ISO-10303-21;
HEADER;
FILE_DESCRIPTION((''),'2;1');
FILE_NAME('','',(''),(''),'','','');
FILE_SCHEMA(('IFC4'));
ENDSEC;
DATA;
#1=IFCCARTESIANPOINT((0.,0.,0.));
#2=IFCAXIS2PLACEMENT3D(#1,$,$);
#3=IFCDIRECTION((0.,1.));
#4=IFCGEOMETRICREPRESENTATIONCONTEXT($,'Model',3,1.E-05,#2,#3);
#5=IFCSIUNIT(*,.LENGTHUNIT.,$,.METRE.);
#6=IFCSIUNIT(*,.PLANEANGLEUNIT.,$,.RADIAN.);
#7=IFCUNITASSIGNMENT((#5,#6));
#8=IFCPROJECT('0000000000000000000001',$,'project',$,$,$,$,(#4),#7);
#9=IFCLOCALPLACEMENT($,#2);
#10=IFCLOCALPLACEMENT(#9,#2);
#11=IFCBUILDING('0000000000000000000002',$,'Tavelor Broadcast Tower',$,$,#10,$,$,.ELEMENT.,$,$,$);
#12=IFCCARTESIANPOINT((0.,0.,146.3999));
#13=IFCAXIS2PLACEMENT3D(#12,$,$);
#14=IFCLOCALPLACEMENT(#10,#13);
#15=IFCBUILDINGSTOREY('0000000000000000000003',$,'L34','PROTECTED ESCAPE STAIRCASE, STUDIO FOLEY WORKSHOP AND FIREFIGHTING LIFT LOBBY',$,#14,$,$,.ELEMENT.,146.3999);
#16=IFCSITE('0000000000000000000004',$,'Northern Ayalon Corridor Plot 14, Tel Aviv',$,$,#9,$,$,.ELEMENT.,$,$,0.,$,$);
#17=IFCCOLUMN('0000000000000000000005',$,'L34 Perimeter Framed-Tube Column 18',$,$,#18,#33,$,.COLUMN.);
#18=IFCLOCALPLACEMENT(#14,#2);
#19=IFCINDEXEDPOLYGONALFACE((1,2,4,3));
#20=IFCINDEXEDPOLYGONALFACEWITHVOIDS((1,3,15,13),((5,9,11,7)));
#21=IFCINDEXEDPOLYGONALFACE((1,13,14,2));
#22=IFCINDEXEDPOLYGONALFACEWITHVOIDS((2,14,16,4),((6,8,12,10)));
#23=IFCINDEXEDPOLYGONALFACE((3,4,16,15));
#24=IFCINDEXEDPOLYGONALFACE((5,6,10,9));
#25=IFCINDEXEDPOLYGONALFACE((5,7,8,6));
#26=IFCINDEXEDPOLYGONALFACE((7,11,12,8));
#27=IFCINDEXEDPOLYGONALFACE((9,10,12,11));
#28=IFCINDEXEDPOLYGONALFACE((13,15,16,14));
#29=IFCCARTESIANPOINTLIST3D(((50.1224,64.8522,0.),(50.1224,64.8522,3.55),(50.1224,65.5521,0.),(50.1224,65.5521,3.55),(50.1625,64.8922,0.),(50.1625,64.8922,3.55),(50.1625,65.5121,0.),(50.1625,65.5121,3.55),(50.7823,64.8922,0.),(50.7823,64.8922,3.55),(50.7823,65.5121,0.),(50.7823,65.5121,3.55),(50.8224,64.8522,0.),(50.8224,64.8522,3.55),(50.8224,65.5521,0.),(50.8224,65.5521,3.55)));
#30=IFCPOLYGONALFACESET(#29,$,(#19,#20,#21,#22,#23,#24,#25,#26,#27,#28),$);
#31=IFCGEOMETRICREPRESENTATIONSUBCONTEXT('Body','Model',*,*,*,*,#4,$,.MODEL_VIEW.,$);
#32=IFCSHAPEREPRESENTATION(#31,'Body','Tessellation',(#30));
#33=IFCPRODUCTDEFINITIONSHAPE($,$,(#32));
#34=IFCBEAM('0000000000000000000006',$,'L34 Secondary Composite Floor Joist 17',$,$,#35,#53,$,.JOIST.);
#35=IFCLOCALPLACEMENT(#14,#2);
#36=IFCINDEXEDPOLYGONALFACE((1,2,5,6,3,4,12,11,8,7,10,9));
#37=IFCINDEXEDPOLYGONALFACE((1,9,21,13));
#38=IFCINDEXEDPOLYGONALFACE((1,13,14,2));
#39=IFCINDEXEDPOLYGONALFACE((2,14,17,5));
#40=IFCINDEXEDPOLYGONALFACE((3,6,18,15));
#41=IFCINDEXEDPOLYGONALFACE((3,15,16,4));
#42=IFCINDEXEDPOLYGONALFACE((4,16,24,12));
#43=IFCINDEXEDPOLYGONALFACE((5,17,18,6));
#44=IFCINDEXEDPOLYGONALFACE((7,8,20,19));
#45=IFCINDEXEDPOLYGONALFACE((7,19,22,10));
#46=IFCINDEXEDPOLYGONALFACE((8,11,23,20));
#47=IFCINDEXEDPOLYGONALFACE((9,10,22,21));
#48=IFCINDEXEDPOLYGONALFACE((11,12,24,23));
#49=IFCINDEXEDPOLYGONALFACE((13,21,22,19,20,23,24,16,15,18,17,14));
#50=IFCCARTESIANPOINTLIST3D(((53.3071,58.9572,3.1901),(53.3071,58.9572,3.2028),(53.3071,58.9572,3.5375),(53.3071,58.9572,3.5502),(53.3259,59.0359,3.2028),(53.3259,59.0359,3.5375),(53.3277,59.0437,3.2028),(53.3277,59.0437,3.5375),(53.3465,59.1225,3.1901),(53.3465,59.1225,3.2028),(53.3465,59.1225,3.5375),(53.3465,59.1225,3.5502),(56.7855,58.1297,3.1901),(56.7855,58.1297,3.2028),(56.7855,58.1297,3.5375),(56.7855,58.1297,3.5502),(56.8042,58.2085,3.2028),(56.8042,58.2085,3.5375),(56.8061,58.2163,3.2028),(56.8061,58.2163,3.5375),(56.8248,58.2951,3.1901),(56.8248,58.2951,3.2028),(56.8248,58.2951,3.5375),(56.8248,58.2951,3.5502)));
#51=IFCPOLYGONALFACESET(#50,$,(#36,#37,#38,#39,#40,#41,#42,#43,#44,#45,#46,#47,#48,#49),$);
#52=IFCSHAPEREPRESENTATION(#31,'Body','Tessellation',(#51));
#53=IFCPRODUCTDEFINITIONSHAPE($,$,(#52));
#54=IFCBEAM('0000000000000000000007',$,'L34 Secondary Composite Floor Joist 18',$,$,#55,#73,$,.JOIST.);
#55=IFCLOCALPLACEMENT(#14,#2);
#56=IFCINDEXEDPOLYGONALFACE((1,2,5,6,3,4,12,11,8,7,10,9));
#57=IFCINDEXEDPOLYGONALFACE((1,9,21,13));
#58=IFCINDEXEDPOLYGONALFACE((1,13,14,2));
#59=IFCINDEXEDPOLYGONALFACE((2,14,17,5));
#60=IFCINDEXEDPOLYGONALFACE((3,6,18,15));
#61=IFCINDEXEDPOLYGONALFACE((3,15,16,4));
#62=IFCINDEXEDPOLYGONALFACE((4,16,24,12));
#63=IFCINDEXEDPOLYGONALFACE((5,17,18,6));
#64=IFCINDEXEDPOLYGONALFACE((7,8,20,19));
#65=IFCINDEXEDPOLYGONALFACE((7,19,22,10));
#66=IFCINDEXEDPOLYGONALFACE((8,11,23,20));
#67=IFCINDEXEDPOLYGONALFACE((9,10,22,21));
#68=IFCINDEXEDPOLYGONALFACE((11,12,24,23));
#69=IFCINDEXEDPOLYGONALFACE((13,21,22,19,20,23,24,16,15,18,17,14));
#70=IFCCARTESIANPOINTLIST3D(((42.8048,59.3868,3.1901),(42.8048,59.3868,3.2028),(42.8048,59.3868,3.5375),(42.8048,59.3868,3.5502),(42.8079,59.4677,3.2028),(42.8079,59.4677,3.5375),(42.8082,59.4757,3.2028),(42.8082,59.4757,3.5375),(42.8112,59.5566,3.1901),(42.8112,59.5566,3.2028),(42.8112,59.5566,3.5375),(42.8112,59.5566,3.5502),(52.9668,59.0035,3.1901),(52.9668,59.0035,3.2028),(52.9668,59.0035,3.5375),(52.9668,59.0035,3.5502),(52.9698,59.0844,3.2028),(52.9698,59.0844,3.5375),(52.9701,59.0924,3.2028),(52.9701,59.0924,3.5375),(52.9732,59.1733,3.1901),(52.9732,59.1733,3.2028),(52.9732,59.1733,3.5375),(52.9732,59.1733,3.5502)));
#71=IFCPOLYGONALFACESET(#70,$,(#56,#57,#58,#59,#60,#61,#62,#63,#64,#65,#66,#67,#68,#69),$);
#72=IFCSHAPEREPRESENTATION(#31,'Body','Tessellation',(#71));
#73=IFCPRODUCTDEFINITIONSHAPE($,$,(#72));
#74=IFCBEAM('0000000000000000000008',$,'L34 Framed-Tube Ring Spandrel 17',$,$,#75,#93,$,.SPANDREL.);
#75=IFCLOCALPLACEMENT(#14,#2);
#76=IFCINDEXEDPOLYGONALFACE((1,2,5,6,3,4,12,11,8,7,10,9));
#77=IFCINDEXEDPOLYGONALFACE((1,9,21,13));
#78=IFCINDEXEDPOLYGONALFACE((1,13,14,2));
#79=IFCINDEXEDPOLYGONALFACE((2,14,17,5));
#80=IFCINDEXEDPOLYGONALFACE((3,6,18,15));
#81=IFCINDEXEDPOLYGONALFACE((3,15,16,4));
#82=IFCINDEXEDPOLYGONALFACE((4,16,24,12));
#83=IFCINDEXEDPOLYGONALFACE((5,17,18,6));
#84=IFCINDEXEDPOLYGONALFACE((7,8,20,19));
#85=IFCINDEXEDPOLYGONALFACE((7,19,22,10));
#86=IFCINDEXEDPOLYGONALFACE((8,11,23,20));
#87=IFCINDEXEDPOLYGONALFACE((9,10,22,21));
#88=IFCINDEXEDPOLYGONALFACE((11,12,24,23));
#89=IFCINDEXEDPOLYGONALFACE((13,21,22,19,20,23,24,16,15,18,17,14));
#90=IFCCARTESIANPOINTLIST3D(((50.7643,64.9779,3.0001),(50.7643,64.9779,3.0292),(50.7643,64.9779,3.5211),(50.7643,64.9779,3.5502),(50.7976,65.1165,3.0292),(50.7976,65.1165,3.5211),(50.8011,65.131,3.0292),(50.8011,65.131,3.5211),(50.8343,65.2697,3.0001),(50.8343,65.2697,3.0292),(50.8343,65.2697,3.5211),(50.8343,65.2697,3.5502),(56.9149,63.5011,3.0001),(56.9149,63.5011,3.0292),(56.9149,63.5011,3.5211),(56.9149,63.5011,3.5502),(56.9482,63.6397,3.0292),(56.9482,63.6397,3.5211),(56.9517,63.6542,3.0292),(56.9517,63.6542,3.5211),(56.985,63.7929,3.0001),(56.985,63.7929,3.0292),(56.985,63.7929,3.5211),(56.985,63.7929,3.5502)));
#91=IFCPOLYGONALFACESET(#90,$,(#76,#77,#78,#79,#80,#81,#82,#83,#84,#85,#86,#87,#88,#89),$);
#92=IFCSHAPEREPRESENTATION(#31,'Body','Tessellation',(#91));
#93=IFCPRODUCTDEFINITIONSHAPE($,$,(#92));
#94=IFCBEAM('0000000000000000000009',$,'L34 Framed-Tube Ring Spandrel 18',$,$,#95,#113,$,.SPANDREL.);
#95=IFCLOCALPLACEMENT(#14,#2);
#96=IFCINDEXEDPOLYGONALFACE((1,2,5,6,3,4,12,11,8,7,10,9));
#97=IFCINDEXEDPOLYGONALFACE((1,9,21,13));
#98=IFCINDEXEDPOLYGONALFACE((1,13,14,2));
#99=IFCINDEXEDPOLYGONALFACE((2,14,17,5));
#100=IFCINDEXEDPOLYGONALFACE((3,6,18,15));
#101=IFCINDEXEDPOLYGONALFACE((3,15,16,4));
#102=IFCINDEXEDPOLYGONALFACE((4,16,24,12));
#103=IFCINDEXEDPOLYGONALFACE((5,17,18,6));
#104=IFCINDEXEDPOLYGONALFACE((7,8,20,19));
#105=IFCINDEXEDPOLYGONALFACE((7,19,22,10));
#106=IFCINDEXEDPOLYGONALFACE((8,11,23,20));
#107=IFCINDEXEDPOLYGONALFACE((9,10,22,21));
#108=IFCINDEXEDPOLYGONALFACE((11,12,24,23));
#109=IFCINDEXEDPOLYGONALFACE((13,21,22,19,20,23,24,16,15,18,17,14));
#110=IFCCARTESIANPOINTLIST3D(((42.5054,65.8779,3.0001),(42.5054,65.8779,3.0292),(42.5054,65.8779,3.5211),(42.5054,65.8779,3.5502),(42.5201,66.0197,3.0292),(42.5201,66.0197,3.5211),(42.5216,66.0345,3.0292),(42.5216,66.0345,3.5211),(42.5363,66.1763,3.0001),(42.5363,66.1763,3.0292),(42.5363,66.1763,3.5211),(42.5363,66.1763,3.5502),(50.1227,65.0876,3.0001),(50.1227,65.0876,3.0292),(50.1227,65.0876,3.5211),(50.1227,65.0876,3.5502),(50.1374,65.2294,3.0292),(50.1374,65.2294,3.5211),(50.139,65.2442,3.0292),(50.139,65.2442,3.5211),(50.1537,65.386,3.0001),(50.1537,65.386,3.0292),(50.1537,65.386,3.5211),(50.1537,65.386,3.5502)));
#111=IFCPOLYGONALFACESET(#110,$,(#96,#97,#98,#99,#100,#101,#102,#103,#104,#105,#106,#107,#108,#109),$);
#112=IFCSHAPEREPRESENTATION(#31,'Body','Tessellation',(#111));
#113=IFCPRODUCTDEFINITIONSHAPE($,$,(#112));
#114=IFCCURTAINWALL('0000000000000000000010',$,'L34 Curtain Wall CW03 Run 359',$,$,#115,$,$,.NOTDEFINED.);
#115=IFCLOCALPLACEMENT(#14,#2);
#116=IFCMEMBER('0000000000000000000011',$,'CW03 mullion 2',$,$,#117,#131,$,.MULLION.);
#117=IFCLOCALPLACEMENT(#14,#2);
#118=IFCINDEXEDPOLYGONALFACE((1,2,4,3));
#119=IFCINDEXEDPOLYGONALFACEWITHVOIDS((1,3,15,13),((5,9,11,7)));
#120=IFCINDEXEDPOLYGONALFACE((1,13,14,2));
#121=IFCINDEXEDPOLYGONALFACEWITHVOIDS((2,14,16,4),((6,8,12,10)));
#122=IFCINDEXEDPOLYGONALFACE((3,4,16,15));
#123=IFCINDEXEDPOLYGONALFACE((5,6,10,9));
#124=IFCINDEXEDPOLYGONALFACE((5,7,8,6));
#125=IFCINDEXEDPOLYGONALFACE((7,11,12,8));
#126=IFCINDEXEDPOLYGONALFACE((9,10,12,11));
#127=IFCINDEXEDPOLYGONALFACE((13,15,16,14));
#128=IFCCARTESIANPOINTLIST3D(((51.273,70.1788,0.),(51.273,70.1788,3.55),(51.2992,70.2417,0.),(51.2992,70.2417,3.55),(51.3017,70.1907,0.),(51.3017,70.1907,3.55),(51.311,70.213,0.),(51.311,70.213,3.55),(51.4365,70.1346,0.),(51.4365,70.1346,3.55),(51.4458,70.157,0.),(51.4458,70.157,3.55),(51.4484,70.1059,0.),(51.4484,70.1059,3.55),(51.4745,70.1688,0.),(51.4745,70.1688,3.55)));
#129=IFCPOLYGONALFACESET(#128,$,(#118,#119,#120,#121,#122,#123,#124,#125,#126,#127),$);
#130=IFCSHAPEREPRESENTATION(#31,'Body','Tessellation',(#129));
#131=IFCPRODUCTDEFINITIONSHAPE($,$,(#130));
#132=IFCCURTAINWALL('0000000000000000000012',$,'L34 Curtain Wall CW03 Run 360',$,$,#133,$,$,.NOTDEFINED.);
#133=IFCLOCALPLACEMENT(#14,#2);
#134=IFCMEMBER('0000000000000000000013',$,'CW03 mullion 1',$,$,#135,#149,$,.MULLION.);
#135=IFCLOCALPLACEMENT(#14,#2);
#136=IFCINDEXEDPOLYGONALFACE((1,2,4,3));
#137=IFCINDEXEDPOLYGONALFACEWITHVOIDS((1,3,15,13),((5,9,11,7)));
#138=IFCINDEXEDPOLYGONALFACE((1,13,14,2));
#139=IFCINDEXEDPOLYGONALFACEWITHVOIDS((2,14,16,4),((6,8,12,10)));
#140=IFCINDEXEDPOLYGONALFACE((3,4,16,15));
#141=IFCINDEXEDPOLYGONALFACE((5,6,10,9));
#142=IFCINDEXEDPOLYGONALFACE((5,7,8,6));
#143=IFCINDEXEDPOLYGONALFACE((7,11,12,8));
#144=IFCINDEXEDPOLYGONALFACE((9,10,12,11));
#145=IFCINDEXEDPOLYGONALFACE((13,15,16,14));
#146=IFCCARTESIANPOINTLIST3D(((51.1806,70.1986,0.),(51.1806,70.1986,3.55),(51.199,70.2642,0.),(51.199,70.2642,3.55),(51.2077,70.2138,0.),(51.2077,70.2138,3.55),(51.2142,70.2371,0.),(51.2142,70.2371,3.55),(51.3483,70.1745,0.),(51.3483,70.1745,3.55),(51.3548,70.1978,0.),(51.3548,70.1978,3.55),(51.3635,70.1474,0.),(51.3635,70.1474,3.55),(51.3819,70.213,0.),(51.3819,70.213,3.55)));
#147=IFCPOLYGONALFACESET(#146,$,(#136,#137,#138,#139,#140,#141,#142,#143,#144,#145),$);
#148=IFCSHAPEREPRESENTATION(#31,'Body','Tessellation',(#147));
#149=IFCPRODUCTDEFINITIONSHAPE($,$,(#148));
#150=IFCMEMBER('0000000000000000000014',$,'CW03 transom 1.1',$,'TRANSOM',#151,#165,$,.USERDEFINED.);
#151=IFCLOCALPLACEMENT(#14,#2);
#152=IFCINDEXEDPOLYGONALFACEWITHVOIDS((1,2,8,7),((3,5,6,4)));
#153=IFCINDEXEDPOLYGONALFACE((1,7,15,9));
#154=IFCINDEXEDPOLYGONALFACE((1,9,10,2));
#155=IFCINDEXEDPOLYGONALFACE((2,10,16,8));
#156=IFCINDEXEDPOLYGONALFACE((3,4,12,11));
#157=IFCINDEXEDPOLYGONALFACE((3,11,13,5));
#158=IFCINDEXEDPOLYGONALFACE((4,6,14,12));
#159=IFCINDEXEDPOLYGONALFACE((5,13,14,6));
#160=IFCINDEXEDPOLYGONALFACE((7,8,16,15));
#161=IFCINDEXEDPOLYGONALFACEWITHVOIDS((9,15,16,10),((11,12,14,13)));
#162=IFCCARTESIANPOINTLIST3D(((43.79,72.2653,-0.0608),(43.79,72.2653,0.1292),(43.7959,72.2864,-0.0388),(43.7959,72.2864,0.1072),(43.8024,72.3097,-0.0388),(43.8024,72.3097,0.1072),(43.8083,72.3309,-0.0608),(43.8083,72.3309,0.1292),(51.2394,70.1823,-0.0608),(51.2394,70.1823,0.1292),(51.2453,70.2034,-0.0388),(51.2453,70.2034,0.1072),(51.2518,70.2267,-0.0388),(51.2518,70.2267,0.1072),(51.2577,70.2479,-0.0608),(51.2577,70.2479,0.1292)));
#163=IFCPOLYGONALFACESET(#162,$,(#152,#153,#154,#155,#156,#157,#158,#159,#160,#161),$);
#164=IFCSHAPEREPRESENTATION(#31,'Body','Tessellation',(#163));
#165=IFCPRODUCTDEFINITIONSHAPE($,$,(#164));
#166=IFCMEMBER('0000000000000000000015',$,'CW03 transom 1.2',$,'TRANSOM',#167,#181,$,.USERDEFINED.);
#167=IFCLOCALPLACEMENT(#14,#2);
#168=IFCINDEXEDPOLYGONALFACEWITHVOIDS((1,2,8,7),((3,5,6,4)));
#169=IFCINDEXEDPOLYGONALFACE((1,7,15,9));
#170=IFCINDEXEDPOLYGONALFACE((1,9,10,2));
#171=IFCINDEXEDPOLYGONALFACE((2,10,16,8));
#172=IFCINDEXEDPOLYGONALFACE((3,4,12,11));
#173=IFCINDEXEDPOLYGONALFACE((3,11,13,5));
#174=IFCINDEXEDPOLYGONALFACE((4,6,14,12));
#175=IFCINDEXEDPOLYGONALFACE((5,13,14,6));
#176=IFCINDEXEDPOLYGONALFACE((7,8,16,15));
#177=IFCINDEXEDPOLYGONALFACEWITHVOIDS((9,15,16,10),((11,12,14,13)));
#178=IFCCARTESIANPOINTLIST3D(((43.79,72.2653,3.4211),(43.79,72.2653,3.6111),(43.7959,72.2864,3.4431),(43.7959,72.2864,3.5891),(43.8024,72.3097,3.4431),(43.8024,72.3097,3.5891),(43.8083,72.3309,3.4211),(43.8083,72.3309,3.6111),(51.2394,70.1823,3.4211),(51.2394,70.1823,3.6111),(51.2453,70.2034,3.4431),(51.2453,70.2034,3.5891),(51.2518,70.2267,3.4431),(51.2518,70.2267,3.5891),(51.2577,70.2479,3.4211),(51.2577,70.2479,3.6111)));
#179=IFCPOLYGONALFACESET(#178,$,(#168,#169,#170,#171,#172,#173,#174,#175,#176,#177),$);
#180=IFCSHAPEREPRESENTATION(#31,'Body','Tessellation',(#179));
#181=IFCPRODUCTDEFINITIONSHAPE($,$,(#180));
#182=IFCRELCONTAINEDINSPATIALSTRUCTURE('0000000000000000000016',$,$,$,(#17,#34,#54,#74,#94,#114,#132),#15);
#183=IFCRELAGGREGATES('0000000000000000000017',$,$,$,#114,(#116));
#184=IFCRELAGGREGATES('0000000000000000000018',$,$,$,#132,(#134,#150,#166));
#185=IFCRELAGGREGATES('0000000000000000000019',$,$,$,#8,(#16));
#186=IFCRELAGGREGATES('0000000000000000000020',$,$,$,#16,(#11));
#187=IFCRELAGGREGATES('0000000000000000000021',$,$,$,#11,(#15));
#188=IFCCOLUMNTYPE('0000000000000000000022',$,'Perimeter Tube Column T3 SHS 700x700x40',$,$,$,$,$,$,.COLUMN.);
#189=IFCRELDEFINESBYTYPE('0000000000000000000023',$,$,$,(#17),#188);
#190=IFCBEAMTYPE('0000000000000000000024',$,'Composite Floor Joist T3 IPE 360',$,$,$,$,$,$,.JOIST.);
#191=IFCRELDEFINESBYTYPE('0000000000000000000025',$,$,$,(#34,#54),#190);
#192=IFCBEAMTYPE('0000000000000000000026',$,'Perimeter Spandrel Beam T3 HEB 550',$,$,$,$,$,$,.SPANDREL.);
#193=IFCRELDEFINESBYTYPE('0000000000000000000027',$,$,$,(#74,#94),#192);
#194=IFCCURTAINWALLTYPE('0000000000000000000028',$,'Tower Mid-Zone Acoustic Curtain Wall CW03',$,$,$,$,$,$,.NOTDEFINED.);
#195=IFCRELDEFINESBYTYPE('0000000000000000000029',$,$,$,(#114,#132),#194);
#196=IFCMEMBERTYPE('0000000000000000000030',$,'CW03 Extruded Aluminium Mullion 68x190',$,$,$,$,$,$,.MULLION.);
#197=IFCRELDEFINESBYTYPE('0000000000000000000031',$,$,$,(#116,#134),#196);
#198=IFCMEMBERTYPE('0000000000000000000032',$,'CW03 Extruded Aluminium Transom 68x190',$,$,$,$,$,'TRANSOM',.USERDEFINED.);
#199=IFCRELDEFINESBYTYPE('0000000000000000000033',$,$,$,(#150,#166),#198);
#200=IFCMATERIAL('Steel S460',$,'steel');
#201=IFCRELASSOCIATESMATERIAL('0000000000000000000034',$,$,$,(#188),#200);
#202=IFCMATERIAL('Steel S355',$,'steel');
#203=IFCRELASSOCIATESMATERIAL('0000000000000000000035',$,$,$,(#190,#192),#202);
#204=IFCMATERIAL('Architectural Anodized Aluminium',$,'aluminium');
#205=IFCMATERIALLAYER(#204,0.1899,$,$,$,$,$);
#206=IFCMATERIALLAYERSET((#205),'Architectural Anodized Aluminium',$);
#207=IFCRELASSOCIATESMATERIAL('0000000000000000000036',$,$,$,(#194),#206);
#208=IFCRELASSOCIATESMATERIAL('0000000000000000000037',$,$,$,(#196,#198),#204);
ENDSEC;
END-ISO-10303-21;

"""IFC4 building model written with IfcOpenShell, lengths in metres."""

from ifc_helpers import new_model, si_unit, direction, frame, origin, origin_2d, place, context, subcontext, project, spatial, hollow_rectangle, i_section, extrude, source, transform, mapped, material, layer, layer_set, material_profile, profile_set, type_object, type_shapes, element, aggregate, save


model = new_model("IFC4")

# Units and contexts
model_context = context("Model", 3, precision=1e-05, world=origin(), true_north=direction((0.0, 1.0)))
body_context = subcontext(model_context, "Body", "Model", "MODEL_VIEW")
ifc_project = project(units=[si_unit("LENGTHUNIT", "METRE"), si_unit("PLANEANGLEUNIT", "RADIAN")], contexts=[model_context])

# Site, building, storey
site_placement = place(None, origin())
site = spatial("IfcSite", under=ifc_project, at=site_placement, Name="Northern Ayalon Corridor Plot 14, Tel Aviv", CompositionType="ELEMENT", RefElevation=0.0)
building_placement = place(site_placement, origin())
building = spatial("IfcBuilding", under=site, at=building_placement, Name="Tavelor Broadcast Tower", CompositionType="ELEMENT")
storey_placement = place(building_placement, frame((0.0, 0.0, 146.3999)))
storey = spatial("IfcBuildingStorey", under=building, at=storey_placement, Name="L34", Description="PROTECTED ESCAPE STAIRCASE, STUDIO FOLEY WORKSHOP AND FIREFIGHTING LIFT LOBBY", CompositionType="ELEMENT", Elevation=146.3999)

# Column
ifc_material_1 = material(Name="Steel S460", Category="steel")
ifc_material_profile_1 = material_profile(ifc_material_1, hollow_rectangle(XDim=0.7, YDim=0.7, WallThickness=0.04, at=origin_2d()), Name="SHS 700x700x40")
ifc_profile_set_1 = profile_set([ifc_material_profile_1], Name="Steel S460")
column_type = type_object("IfcColumnType", Name="Perimeter Tube Column T3 SHS 700x700x40", PredefinedType="COLUMN", material=ifc_profile_set_1)
column_placement = place(storey_placement, frame((50.4724, 65.2021, 0.0), z_axis=(0.0, 0.0, 1.0), x_axis=(1.0, 0.0, 0.0)))
element("IfcColumn", 1, at=column_placement, inside=storey, type_object=column_type, Name="L34 Perimeter Framed-Tube Column 18", PredefinedType="COLUMN", context=body_context, shape_type="SweptSolid", body=[
    extrude(hollow_rectangle(XDim=0.7, YDim=0.7, WallThickness=0.04, at=origin_2d()), origin(), (0.0, 0.0, 1.0), 3.55),
])

# Beams
ifc_material_2 = material(Name="Steel S355", Category="steel")
ifc_material_profile_2 = material_profile(ifc_material_2, i_section(OverallWidth=0.1699, OverallDepth=0.3601, WebThickness=0.0081, FlangeThickness=0.0127, at=origin_2d()), Name="IPE 360")
ifc_profile_set_2 = profile_set([ifc_material_profile_2], Name="Steel S355")
beam_type_1 = type_object("IfcBeamType", Name="Composite Floor Joist T3 IPE 360", PredefinedType="JOIST", material=ifc_profile_set_2)
beam_1_placement = place(storey_placement, frame((56.8052, 58.2124, 3.3701), z_axis=(-0.972855, 0.231417, 0.0), x_axis=(-0.231417, -0.972855, 0.0)))
element("IfcBeam", 2, at=beam_1_placement, inside=storey, type_object=beam_type_1, Name="L34 Secondary Composite Floor Joist 17", PredefinedType="JOIST", context=body_context, shape_type="SweptSolid", body=[
    extrude(i_section(OverallWidth=0.1699, OverallDepth=0.3601, WebThickness=0.0081, FlangeThickness=0.0127, at=origin_2d()), origin(), (0.0, 0.0, 1.0), 3.5754),
])
beam_2_placement = place(storey_placement, frame((52.97, 59.0884, 3.3701), z_axis=(-0.999289, 0.037693, 0.0), x_axis=(-0.037693, -0.999289, 0.0)))
element("IfcBeam", 3, at=beam_2_placement, inside=storey, type_object=beam_type_1, Name="L34 Secondary Composite Floor Joist 18", PredefinedType="JOIST", context=body_context, shape_type="SweptSolid", body=[
    extrude(i_section(OverallWidth=0.1699, OverallDepth=0.3601, WebThickness=0.0081, FlangeThickness=0.0127, at=origin_2d()), origin(), (0.0, 0.0, 1.0), 10.1692),
])
ifc_material_profile_3 = material_profile(ifc_material_2, i_section(OverallWidth=0.3, OverallDepth=0.55, WebThickness=0.0149, FlangeThickness=0.0291, at=origin_2d()), Name="HEB 550")
ifc_profile_set_3 = profile_set([ifc_material_profile_3], Name="Steel S355")
beam_type_2 = type_object("IfcBeamType", Name="Perimeter Spandrel Beam T3 HEB 550", PredefinedType="SPANDREL", material=ifc_profile_set_3)
beam_3_placement = place(storey_placement, frame((56.95, 63.647, 3.2751), z_axis=(-0.972364, 0.233471, 0.0), x_axis=(-0.233471, -0.972364, 0.0)))
element("IfcBeam", 4, at=beam_3_placement, inside=storey, type_object=beam_type_2, Name="L34 Framed-Tube Ring Spandrel 17", PredefinedType="SPANDREL", context=body_context, shape_type="SweptSolid", body=[
    extrude(i_section(OverallWidth=0.3, OverallDepth=0.55, WebThickness=0.0149, FlangeThickness=0.0291, at=origin_2d()), origin(), (0.0, 0.0, 1.0), 6.3254),
])
beam_4_placement = place(storey_placement, frame((50.1382, 65.2368, 3.2751), z_axis=(-0.994661, 0.103193, 0.0), x_axis=(-0.103193, -0.994661, 0.0)))
element("IfcBeam", 5, at=beam_4_placement, inside=storey, type_object=beam_type_2, Name="L34 Framed-Tube Ring Spandrel 18", PredefinedType="SPANDREL", context=body_context, shape_type="SweptSolid", body=[
    extrude(i_section(OverallWidth=0.3, OverallDepth=0.55, WebThickness=0.0149, FlangeThickness=0.0291, at=origin_2d()), origin(), (0.0, 0.0, 1.0), 7.6582),
])

# Curtain wall, member
ifc_material_3 = material(Name="Architectural Anodized Aluminium", Category="aluminium")
ifc_layer_1 = layer(ifc_material_3, 0.1899)
ifc_layer_set_1 = layer_set([ifc_layer_1], Name="Architectural Anodized Aluminium")
curtain_wall_type = type_object("IfcCurtainWallType", Name="Tower Mid-Zone Acoustic Curtain Wall CW03", PredefinedType="NOTDEFINED", material=ifc_layer_set_1)
curtain_wall_1_placement = place(storey_placement, origin())
curtain_wall_1 = element("IfcCurtainWall", 6, at=curtain_wall_1_placement, inside=storey, type_object=curtain_wall_type, Name="L34 Curtain Wall CW03 Run 359", PredefinedType="NOTDEFINED")
ifc_material_profile_4 = material_profile(ifc_material_3, hollow_rectangle(XDim=0.0681, YDim=0.1899, WallThickness=0.022, at=origin_2d()), Name="RHS 68x190x22")
ifc_profile_set_4 = profile_set([ifc_material_profile_4], Name="Architectural Anodized Aluminium")
member_type_1 = type_object("IfcMemberType", Name="CW03 Extruded Aluminium Mullion 68x190", PredefinedType="MULLION", material=ifc_profile_set_4)
shared_shape_1 = source(origin(), body_context, "Body", "SweptSolid", [
    extrude(hollow_rectangle(XDim=0.0681, YDim=0.1899, WallThickness=0.022, at=origin_2d()), origin(), (0.0, 0.0, 1.0), 3.55),
])
type_shapes(member_type_1, [shared_shape_1])
member_1_placement = place(storey_placement, frame((51.3738, 70.1738, 0.0), z_axis=(0.0, 0.0, 1.0), x_axis=(-0.383889, -0.923379, 0.0)))
member_1 = element("IfcMember", 7, at=member_1_placement, type_object=member_type_1, Name="CW03 mullion 2", PredefinedType="MULLION", context=body_context, shape_type="MappedRepresentation", body=[
    mapped(shared_shape_1, transform((0.0, 0.0, 0.0), scale=1.0)),
])

# Curtain wall, members
curtain_wall_2_placement = place(storey_placement, origin())
curtain_wall_2 = element("IfcCurtainWall", 8, at=curtain_wall_2_placement, inside=storey, type_object=curtain_wall_type, Name="L34 Curtain Wall CW03 Run 360", PredefinedType="NOTDEFINED")
member_2_placement = place(storey_placement, frame((51.2812, 70.2058, 0.0), z_axis=(0.0, 0.0, 1.0), x_axis=(-0.26931, -0.963053, 0.0)))
member_2 = element("IfcMember", 9, at=member_2_placement, type_object=member_type_1, Name="CW03 mullion 1", PredefinedType="MULLION", context=body_context, shape_type="MappedRepresentation", body=[
    mapped(shared_shape_1, transform((0.0, 0.0, 0.0), scale=1.0)),
])
ifc_material_profile_5 = material_profile(ifc_material_3, hollow_rectangle(XDim=0.0681, YDim=0.1899, WallThickness=0.022, at=origin_2d()), Name="RHS 68x190x22")
ifc_profile_set_5 = profile_set([ifc_material_profile_5], Name="Architectural Anodized Aluminium")
member_type_2 = type_object("IfcMemberType", Name="CW03 Extruded Aluminium Transom 68x190", ElementType="TRANSOM", PredefinedType="USERDEFINED", material=ifc_profile_set_5)
shared_shape_2 = source(origin(), body_context, "Body", "SweptSolid", [
    extrude(hollow_rectangle(XDim=0.0681, YDim=0.1899, WallThickness=0.022, at=origin_2d()), origin(), (0.0, 0.0, 1.0), 7.7351),
])
type_shapes(member_type_2, [shared_shape_2])
member_3_placement = place(storey_placement, frame((51.2485, 70.2151, 0.0342), z_axis=(-0.963059, 0.269289, 0.0), x_axis=(-0.269289, -0.963059, 0.0)))
member_3 = element("IfcMember", 10, at=member_3_placement, type_object=member_type_2, Name="CW03 transom 1.1", ObjectType="TRANSOM", PredefinedType="USERDEFINED", context=body_context, shape_type="MappedRepresentation", body=[
    mapped(shared_shape_2, transform((0.0, 0.0, 0.0), scale=1.0)),
])
member_4_placement = place(storey_placement, frame((51.2485, 70.2151, 3.5161), z_axis=(-0.963059, 0.269289, 0.0), x_axis=(-0.269289, -0.963059, 0.0)))
member_4 = element("IfcMember", 11, at=member_4_placement, type_object=member_type_2, Name="CW03 transom 1.2", ObjectType="TRANSOM", PredefinedType="USERDEFINED", context=body_context, shape_type="MappedRepresentation", body=[
    mapped(shared_shape_2, transform((0.0, 0.0, 0.0), scale=1.0)),
])

aggregate(curtain_wall_1, [member_1])
aggregate(curtain_wall_2, [member_2, member_3, member_4])

save(model, "model.ifc")
